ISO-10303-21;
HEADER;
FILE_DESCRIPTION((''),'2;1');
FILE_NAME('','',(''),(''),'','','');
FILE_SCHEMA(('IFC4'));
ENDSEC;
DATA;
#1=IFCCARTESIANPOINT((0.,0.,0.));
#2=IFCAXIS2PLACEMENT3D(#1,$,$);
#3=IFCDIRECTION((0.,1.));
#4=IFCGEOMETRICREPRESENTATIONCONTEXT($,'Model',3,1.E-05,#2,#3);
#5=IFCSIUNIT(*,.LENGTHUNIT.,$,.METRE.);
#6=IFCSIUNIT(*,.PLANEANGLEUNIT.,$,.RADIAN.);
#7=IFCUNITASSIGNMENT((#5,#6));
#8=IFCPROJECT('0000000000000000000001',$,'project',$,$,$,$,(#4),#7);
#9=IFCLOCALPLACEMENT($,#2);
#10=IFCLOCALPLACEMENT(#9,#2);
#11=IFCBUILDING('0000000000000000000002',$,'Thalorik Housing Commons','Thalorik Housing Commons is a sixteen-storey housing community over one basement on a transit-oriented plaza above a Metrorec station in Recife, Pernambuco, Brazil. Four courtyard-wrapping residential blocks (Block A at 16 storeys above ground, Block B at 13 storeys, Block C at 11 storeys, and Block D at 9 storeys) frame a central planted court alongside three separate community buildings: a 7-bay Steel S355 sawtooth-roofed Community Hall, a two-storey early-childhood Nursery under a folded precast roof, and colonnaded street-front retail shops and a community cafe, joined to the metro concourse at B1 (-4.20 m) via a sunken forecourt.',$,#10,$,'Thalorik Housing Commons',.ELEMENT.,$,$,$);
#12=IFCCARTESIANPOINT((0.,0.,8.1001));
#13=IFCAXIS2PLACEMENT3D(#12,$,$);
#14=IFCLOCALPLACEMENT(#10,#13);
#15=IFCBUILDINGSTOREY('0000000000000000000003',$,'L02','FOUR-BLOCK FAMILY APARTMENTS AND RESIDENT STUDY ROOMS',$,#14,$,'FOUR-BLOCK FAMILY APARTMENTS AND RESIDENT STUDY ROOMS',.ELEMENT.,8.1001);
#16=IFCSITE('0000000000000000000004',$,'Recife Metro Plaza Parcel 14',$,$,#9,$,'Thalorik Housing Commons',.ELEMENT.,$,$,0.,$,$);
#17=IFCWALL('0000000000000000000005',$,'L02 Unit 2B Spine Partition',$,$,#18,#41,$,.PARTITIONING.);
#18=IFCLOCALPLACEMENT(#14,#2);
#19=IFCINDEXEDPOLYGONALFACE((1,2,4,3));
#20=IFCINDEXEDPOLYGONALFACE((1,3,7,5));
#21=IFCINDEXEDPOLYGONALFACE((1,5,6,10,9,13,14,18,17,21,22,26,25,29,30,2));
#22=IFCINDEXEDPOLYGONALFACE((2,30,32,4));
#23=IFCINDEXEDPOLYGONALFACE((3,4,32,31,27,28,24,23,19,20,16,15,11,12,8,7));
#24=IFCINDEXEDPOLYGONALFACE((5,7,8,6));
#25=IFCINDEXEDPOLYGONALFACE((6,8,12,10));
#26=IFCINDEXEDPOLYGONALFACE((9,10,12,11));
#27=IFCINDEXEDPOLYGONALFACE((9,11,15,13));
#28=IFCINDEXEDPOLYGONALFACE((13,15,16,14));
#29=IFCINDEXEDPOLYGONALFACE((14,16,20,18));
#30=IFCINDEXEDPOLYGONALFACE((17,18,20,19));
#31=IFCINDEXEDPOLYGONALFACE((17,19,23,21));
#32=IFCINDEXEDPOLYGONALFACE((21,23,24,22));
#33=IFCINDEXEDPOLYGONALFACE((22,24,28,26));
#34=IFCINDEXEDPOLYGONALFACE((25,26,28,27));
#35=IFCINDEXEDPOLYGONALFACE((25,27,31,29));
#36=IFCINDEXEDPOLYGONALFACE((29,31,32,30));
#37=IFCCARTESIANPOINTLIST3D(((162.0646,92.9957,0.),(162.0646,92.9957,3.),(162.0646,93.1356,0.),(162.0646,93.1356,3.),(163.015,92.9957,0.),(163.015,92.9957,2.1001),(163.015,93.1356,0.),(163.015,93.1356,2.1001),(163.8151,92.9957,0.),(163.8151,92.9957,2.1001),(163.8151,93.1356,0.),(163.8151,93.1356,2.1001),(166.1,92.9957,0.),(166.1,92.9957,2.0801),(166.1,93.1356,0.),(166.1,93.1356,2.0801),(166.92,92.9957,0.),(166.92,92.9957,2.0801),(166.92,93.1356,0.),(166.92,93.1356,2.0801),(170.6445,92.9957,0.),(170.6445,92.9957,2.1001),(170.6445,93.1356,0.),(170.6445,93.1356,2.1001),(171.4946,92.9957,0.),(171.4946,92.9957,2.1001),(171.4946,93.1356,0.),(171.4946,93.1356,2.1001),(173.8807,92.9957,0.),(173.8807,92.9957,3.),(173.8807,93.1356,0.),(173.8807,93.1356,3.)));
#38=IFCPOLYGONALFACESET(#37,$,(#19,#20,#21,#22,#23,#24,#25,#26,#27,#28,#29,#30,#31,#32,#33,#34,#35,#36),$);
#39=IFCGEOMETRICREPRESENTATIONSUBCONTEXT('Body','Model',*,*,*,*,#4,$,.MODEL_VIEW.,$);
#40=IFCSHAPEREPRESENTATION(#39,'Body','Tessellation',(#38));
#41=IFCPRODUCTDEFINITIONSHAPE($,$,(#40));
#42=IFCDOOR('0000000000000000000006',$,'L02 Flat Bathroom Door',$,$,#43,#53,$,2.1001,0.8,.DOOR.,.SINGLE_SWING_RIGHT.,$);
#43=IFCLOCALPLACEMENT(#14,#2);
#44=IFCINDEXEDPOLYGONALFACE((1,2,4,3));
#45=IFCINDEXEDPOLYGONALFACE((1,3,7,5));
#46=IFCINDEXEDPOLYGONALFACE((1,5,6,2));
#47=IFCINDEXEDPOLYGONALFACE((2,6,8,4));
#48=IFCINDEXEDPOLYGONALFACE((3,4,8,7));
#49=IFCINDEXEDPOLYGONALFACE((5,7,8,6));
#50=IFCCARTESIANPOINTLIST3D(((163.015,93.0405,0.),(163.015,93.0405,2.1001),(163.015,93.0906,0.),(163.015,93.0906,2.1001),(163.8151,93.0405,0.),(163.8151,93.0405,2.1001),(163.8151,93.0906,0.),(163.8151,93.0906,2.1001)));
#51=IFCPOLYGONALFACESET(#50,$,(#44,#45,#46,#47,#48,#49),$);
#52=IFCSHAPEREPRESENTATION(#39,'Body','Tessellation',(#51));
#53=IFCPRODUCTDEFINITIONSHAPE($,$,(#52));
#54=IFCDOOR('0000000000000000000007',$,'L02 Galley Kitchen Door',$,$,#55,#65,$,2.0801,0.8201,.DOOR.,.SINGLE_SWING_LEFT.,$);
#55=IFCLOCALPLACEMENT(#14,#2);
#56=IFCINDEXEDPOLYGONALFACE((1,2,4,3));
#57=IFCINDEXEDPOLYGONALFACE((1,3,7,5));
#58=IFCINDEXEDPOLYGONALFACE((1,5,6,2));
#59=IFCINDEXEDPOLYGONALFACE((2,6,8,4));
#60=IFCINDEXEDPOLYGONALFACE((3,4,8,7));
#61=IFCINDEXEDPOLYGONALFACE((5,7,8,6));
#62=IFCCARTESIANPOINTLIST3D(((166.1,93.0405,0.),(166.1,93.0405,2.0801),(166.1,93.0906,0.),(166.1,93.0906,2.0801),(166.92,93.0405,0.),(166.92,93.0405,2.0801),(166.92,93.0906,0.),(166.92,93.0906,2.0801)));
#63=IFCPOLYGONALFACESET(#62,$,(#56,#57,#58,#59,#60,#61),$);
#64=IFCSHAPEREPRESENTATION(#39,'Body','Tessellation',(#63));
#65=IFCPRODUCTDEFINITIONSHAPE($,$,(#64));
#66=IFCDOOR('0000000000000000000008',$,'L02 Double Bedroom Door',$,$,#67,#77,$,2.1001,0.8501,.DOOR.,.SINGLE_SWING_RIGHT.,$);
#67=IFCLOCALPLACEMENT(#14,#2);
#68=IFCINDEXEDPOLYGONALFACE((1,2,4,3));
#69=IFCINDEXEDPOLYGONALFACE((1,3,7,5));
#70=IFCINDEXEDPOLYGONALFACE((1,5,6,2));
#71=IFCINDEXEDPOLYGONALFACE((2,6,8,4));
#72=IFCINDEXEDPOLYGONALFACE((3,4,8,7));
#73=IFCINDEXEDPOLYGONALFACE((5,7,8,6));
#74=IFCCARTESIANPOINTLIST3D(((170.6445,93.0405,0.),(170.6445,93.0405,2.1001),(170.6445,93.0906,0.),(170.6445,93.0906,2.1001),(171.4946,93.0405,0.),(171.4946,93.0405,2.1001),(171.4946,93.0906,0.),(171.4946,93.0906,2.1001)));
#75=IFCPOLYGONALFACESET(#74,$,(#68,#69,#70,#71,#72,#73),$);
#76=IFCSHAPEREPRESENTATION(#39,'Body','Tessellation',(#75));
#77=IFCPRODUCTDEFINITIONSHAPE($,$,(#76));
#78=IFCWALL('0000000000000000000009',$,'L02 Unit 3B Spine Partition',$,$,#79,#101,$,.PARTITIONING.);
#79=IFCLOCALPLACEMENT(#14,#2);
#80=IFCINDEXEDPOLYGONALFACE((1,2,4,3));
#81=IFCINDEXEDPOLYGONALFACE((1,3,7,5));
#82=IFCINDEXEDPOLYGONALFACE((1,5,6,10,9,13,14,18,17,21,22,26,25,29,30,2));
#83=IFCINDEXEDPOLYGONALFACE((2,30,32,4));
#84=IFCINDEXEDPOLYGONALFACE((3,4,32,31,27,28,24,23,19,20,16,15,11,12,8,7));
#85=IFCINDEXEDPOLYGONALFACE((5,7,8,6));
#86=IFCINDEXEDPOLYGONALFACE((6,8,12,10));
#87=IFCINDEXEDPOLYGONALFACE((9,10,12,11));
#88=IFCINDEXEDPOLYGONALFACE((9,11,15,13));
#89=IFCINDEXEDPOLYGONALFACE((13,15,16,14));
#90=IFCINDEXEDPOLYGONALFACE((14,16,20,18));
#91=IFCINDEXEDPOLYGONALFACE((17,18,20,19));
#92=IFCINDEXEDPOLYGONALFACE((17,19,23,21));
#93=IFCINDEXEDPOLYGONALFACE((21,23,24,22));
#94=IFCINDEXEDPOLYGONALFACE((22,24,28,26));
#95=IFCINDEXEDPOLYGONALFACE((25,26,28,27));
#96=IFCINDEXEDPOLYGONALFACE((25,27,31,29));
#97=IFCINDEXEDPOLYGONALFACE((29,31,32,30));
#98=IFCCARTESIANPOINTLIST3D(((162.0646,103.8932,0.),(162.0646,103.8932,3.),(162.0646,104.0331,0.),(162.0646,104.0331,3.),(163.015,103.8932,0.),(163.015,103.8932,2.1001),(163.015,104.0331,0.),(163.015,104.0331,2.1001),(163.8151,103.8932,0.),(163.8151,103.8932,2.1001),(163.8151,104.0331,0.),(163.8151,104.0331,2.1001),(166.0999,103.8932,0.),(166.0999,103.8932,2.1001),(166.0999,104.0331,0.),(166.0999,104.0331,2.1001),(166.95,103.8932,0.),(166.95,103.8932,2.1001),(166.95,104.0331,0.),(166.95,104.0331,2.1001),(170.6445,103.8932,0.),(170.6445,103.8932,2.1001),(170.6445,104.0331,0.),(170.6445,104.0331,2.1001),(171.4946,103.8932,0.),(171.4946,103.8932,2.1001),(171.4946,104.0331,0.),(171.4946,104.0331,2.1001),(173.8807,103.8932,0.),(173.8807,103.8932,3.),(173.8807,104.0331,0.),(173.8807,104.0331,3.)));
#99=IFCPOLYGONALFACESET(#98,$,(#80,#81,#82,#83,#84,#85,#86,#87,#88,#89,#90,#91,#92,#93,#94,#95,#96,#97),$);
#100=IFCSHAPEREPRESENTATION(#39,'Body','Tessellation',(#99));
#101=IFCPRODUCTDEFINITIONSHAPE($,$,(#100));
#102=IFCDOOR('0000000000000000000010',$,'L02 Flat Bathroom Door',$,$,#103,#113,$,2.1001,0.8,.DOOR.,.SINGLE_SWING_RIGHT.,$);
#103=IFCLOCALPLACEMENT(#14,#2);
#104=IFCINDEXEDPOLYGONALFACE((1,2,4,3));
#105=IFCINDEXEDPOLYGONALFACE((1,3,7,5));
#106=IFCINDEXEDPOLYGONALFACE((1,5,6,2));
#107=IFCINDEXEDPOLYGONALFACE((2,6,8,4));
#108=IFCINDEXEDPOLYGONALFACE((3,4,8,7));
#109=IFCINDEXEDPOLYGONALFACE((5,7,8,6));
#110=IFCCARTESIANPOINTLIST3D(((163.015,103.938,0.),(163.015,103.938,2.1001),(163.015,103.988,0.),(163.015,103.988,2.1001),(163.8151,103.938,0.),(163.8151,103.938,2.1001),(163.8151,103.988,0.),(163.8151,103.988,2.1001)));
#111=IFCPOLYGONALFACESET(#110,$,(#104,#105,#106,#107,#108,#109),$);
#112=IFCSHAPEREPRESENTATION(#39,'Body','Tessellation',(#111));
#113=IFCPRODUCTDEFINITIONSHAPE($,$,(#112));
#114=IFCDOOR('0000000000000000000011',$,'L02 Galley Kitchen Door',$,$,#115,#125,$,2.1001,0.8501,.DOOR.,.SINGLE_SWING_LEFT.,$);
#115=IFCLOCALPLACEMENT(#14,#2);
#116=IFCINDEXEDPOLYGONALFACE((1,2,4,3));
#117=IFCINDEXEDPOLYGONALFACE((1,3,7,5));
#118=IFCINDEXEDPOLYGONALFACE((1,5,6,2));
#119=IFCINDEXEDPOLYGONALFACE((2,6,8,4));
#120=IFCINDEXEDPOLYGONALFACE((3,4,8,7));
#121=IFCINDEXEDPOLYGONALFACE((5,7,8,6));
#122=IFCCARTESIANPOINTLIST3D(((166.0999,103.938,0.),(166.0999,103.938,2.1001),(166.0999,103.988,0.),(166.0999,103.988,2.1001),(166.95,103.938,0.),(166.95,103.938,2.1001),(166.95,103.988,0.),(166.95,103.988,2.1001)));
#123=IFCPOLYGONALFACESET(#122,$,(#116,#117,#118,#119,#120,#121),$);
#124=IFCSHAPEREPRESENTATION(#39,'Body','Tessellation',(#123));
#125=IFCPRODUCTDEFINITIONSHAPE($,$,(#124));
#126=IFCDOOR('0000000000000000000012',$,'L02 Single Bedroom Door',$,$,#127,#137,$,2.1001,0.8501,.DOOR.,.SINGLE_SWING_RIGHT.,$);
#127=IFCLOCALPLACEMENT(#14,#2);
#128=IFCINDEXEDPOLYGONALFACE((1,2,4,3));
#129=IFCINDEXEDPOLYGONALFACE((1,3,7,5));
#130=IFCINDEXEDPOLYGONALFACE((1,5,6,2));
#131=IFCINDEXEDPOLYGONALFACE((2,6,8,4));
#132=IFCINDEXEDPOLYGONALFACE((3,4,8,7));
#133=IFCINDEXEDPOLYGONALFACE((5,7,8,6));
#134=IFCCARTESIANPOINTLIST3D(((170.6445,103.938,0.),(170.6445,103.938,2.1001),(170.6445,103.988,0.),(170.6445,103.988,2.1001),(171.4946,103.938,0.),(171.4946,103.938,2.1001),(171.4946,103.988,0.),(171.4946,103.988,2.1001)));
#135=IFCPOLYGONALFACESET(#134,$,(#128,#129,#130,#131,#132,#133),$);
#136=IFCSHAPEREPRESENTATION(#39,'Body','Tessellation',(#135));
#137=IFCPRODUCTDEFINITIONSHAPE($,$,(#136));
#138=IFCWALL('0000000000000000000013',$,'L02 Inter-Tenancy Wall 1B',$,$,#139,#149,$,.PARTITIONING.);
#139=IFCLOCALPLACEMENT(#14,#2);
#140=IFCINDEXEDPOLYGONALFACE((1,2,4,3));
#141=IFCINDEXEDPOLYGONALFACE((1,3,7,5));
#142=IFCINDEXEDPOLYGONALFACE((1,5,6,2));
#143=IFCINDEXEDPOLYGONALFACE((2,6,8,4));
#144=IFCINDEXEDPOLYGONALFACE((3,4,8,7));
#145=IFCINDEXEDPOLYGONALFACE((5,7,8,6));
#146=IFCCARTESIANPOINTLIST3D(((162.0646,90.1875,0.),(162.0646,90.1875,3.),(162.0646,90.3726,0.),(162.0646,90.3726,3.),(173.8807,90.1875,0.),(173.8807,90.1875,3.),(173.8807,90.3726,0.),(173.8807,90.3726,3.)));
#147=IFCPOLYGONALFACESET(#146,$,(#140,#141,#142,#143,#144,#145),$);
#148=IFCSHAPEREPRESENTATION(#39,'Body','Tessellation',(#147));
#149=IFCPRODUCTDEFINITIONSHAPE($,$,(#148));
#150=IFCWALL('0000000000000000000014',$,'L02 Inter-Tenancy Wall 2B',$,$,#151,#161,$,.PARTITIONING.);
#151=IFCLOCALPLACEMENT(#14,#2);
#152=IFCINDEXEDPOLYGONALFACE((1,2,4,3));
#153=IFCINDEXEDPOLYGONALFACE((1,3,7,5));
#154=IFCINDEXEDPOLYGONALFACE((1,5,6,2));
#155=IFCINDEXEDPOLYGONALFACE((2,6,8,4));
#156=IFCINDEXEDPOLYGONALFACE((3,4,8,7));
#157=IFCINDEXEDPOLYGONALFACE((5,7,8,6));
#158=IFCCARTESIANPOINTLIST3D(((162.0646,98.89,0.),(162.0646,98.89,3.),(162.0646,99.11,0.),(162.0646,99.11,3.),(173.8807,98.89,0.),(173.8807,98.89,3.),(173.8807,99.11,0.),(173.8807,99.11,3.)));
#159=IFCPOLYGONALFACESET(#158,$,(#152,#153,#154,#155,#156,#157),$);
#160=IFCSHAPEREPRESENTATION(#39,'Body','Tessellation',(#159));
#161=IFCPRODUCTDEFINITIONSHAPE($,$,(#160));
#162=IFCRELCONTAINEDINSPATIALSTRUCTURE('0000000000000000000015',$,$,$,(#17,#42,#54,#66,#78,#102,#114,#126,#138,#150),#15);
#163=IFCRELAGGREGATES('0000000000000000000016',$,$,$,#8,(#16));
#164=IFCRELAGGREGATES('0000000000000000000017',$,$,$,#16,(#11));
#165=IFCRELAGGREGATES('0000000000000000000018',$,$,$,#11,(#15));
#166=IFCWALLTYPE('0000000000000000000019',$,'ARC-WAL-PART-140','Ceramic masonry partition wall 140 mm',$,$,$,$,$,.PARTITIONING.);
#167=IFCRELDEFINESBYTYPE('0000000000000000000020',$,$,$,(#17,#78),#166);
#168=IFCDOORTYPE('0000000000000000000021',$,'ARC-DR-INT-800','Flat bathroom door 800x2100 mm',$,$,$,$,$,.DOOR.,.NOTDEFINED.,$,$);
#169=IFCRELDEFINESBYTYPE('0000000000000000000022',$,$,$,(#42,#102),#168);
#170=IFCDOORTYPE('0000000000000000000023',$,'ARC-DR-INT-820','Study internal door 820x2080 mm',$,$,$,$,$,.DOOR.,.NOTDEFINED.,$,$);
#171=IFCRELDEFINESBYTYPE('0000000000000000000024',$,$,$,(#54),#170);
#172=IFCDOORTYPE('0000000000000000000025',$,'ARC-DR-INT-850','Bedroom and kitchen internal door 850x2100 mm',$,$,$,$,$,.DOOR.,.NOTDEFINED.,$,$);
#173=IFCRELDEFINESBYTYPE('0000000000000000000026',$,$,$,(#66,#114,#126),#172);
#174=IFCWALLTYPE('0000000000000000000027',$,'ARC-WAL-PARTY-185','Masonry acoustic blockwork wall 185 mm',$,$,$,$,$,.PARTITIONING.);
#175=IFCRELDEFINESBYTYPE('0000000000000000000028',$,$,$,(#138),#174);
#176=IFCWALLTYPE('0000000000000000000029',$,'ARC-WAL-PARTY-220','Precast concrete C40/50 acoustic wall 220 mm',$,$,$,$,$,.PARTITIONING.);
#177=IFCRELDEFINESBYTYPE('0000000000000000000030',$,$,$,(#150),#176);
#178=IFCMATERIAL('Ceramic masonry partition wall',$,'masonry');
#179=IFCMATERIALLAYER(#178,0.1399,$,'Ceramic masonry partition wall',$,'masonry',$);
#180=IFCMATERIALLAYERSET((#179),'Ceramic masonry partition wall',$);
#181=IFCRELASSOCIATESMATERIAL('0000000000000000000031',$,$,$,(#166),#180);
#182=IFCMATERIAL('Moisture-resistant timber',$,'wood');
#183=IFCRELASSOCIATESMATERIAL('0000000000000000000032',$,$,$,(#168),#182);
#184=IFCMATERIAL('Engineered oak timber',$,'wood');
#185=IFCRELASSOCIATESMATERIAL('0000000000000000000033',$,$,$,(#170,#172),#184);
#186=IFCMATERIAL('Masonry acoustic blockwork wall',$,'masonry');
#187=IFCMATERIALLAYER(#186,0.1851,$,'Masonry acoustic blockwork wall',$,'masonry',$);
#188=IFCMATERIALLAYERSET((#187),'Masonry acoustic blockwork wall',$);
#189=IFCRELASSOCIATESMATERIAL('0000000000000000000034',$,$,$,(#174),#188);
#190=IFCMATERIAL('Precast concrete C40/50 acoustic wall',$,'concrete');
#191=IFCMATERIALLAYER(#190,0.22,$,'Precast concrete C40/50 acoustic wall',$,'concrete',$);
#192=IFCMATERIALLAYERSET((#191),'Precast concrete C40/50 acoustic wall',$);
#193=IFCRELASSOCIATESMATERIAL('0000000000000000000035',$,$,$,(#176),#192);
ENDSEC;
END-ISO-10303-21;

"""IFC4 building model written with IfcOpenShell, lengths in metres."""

from ifc_helpers import new_model, si_unit, direction, frame, frame_2d, origin, place, context, subcontext, project, spatial, rectangle, extrude, material, layer, layer_set, type_object, element, fill, save


model = new_model("IFC4")

# Units and contexts
model_context = context("Model", 3, precision=1e-05, world=origin(), true_north=direction((0.0, 1.0)))
body_context = subcontext(model_context, "Body", "Model", "MODEL_VIEW")
ifc_project = project(units=[si_unit("LENGTHUNIT", "METRE"), si_unit("PLANEANGLEUNIT", "RADIAN")], contexts=[model_context])

# Site, building, storey
site_placement = place(None, origin())
site = spatial("IfcSite", under=ifc_project, at=site_placement, Name="Recife Metro Plaza Parcel 14", LongName="Thalorik Housing Commons", CompositionType="ELEMENT", RefElevation=0.0)
building_placement = place(site_placement, origin())
building = spatial("IfcBuilding", under=site, at=building_placement, Name="Thalorik Housing Commons", Description="Thalorik Housing Commons is a sixteen-storey housing community over one basement on a transit-oriented plaza above a Metrorec station in Recife, Pernambuco, Brazil. Four courtyard-wrapping residential blocks (Block A at 16 storeys above ground, Block B at 13 storeys, Block C at 11 storeys, and Block D at 9 storeys) frame a central planted court alongside three separate community buildings: a 7-bay Steel S355 sawtooth-roofed Community Hall, a two-storey early-childhood Nursery under a folded precast roof, and colonnaded street-front retail shops and a community cafe, joined to the metro concourse at B1 (-4.20 m) via a sunken forecourt.", LongName="Thalorik Housing Commons", CompositionType="ELEMENT")
storey_placement = place(building_placement, frame((0.0, 0.0, 8.1001)))
storey = spatial("IfcBuildingStorey", under=building, at=storey_placement, Name="L02", Description="FOUR-BLOCK FAMILY APARTMENTS AND RESIDENT STUDY ROOMS", LongName="FOUR-BLOCK FAMILY APARTMENTS AND RESIDENT STUDY ROOMS", CompositionType="ELEMENT", Elevation=8.1001)

# Walls, openings, doors
ifc_material_1 = material(Name="Ceramic masonry partition wall", Category="masonry")
ifc_layer_1 = layer(ifc_material_1, 0.1399, Name="Ceramic masonry partition wall", Category="masonry")
ifc_layer_set_1 = layer_set([ifc_layer_1], Name="Ceramic masonry partition wall")
wall_type_1 = type_object("IfcWallType", Name="ARC-WAL-PART-140", Description="Ceramic masonry partition wall 140 mm", PredefinedType="PARTITIONING", material=ifc_layer_set_1)
wall_1_placement = place(storey_placement, frame((162.0645, 93.0657, 0.0), z_axis=(0.0, 0.0, 1.0), x_axis=(1.0, 0.0, 0.0)))
wall_1 = element("IfcWall", 1, at=wall_1_placement, inside=storey, type_object=wall_type_1, Name="L02 Unit 2B Spine Partition", PredefinedType="PARTITIONING", context=body_context, shape_type="SweptSolid", body=[
    extrude(rectangle(XDim=11.8162, YDim=0.1399, at=frame_2d((5.9082, 0.0))), origin(), (0.0, 0.0, 1.0), 3.0),
])
opening_1_placement = place(wall_1_placement, frame((0.9507, 0.0, 0.0)))
opening_1 = element("IfcOpeningElement", 2, at=opening_1_placement, cuts=wall_1, PredefinedType="OPENING", context=body_context, shape_type="SweptSolid", body=[
    extrude(rectangle(XDim=0.8, YDim=2.1001, at=frame_2d((0.3999, 1.05))), frame((0.0, 0.0801, 0.0), z_axis=(0.0, -1.0, 0.0), x_axis=(1.0, 0.0, 0.0)), (0.0, 0.0, 1.0), 0.1599),
])
opening_2_placement = place(wall_1_placement, frame((4.0354, 0.0, 0.0)))
opening_2 = element("IfcOpeningElement", 3, at=opening_2_placement, cuts=wall_1, PredefinedType="OPENING", context=body_context, shape_type="SweptSolid", body=[
    extrude(rectangle(XDim=0.8201, YDim=2.0801, at=frame_2d((0.4102, 1.04))), frame((0.0, 0.0801, 0.0), z_axis=(0.0, -1.0, 0.0), x_axis=(1.0, 0.0, 0.0)), (0.0, 0.0, 1.0), 0.1599),
])
opening_3_placement = place(wall_1_placement, frame((8.5801, 0.0, 0.0)))
opening_3 = element("IfcOpeningElement", 4, at=opening_3_placement, cuts=wall_1, PredefinedType="OPENING", context=body_context, shape_type="SweptSolid", body=[
    extrude(rectangle(XDim=0.8501, YDim=2.1001, at=frame_2d((0.425, 1.05))), frame((0.0, 0.0801, 0.0), z_axis=(0.0, -1.0, 0.0), x_axis=(1.0, 0.0, 0.0)), (0.0, 0.0, 1.0), 0.1599),
])
ifc_material_2 = material(Name="Moisture-resistant timber", Category="wood")
door_type_1 = type_object("IfcDoorType", Name="ARC-DR-INT-800", Description="Flat bathroom door 800x2100 mm", OperationType="NOTDEFINED", PredefinedType="DOOR", material=ifc_material_2)
door_1_placement = place(opening_1_placement, origin())
door_1 = element("IfcDoor", 5, at=door_1_placement, inside=storey, type_object=door_type_1, Name="L02 Flat Bathroom Door", OperationType="SINGLE_SWING_RIGHT", OverallHeight=2.1001, OverallWidth=0.8, PredefinedType="DOOR", context=body_context, shape_type="SweptSolid", body=[
    extrude(rectangle(XDim=0.8, YDim=2.1001, at=frame_2d((0.3999, 1.05))), frame((0.0, 0.0249, 0.0), z_axis=(0.0, -1.0, 0.0), x_axis=(1.0, 0.0, 0.0)), (0.0, 0.0, 1.0), 0.05),
])
fill(opening_1, door_1)
ifc_material_3 = material(Name="Engineered oak timber", Category="wood")
door_type_2 = type_object("IfcDoorType", Name="ARC-DR-INT-820", Description="Study internal door 820x2080 mm", OperationType="NOTDEFINED", PredefinedType="DOOR", material=ifc_material_3)
door_2_placement = place(opening_2_placement, origin())
door_2 = element("IfcDoor", 6, at=door_2_placement, inside=storey, type_object=door_type_2, Name="L02 Galley Kitchen Door", OperationType="SINGLE_SWING_LEFT", OverallHeight=2.0801, OverallWidth=0.8201, PredefinedType="DOOR", context=body_context, shape_type="SweptSolid", body=[
    extrude(rectangle(XDim=0.8201, YDim=2.0801, at=frame_2d((0.4102, 1.04))), frame((0.0, 0.0249, 0.0), z_axis=(0.0, -1.0, 0.0), x_axis=(1.0, 0.0, 0.0)), (0.0, 0.0, 1.0), 0.05),
])
fill(opening_2, door_2)
door_type_3 = type_object("IfcDoorType", Name="ARC-DR-INT-850", Description="Bedroom and kitchen internal door 850x2100 mm", OperationType="NOTDEFINED", PredefinedType="DOOR", material=ifc_material_3)
door_3_placement = place(opening_3_placement, origin())
door_3 = element("IfcDoor", 7, at=door_3_placement, inside=storey, type_object=door_type_3, Name="L02 Double Bedroom Door", OperationType="SINGLE_SWING_RIGHT", OverallHeight=2.1001, OverallWidth=0.8501, PredefinedType="DOOR", context=body_context, shape_type="SweptSolid", body=[
    extrude(rectangle(XDim=0.8501, YDim=2.1001, at=frame_2d((0.425, 1.05))), frame((0.0, 0.0249, 0.0), z_axis=(0.0, -1.0, 0.0), x_axis=(1.0, 0.0, 0.0)), (0.0, 0.0, 1.0), 0.05),
])
fill(opening_3, door_3)
wall_2_placement = place(storey_placement, frame((162.0645, 103.9631, 0.0), z_axis=(0.0, 0.0, 1.0), x_axis=(1.0, 0.0, 0.0)))
wall_2 = element("IfcWall", 8, at=wall_2_placement, inside=storey, type_object=wall_type_1, Name="L02 Unit 3B Spine Partition", PredefinedType="PARTITIONING", context=body_context, shape_type="SweptSolid", body=[
    extrude(rectangle(XDim=11.8162, YDim=0.1399, at=frame_2d((5.9082, 0.0))), origin(), (0.0, 0.0, 1.0), 3.0),
])
opening_4_placement = place(wall_2_placement, frame((0.9507, 0.0, 0.0)))
opening_4 = element("IfcOpeningElement", 9, at=opening_4_placement, cuts=wall_2, PredefinedType="OPENING", context=body_context, shape_type="SweptSolid", body=[
    extrude(rectangle(XDim=0.8, YDim=2.1001, at=frame_2d((0.3999, 1.05))), frame((0.0, 0.0801, 0.0), z_axis=(0.0, -1.0, 0.0), x_axis=(1.0, 0.0, 0.0)), (0.0, 0.0, 1.0), 0.1599),
])
opening_5_placement = place(wall_2_placement, frame((4.0354, 0.0, 0.0)))
opening_5 = element("IfcOpeningElement", 10, at=opening_5_placement, cuts=wall_2, PredefinedType="OPENING", context=body_context, shape_type="SweptSolid", body=[
    extrude(rectangle(XDim=0.8501, YDim=2.1001, at=frame_2d((0.425, 1.05))), frame((0.0, 0.0801, 0.0), z_axis=(0.0, -1.0, 0.0), x_axis=(1.0, 0.0, 0.0)), (0.0, 0.0, 1.0), 0.1599),
])
opening_6_placement = place(wall_2_placement, frame((8.5801, 0.0, 0.0)))
opening_6 = element("IfcOpeningElement", 11, at=opening_6_placement, cuts=wall_2, PredefinedType="OPENING", context=body_context, shape_type="SweptSolid", body=[
    extrude(rectangle(XDim=0.8501, YDim=2.1001, at=frame_2d((0.425, 1.05))), frame((0.0, 0.0801, 0.0), z_axis=(0.0, -1.0, 0.0), x_axis=(1.0, 0.0, 0.0)), (0.0, 0.0, 1.0), 0.1599),
])
door_4_placement = place(opening_4_placement, origin())
door_4 = element("IfcDoor", 12, at=door_4_placement, inside=storey, type_object=door_type_1, Name="L02 Flat Bathroom Door", OperationType="SINGLE_SWING_RIGHT", OverallHeight=2.1001, OverallWidth=0.8, PredefinedType="DOOR", context=body_context, shape_type="SweptSolid", body=[
    extrude(rectangle(XDim=0.8, YDim=2.1001, at=frame_2d((0.3999, 1.05))), frame((0.0, 0.0249, 0.0), z_axis=(0.0, -1.0, 0.0), x_axis=(1.0, 0.0, 0.0)), (0.0, 0.0, 1.0), 0.05),
])
fill(opening_4, door_4)
door_5_placement = place(opening_5_placement, origin())
door_5 = element("IfcDoor", 13, at=door_5_placement, inside=storey, type_object=door_type_3, Name="L02 Galley Kitchen Door", OperationType="SINGLE_SWING_LEFT", OverallHeight=2.1001, OverallWidth=0.8501, PredefinedType="DOOR", context=body_context, shape_type="SweptSolid", body=[
    extrude(rectangle(XDim=0.8501, YDim=2.1001, at=frame_2d((0.425, 1.05))), frame((0.0, 0.0249, 0.0), z_axis=(0.0, -1.0, 0.0), x_axis=(1.0, 0.0, 0.0)), (0.0, 0.0, 1.0), 0.05),
])
fill(opening_5, door_5)
door_6_placement = place(opening_6_placement, origin())
door_6 = element("IfcDoor", 14, at=door_6_placement, inside=storey, type_object=door_type_3, Name="L02 Single Bedroom Door", OperationType="SINGLE_SWING_RIGHT", OverallHeight=2.1001, OverallWidth=0.8501, PredefinedType="DOOR", context=body_context, shape_type="SweptSolid", body=[
    extrude(rectangle(XDim=0.8501, YDim=2.1001, at=frame_2d((0.425, 1.05))), frame((0.0, 0.0249, 0.0), z_axis=(0.0, -1.0, 0.0), x_axis=(1.0, 0.0, 0.0)), (0.0, 0.0, 1.0), 0.05),
])
fill(opening_6, door_6)

# Walls
ifc_material_4 = material(Name="Masonry acoustic blockwork wall", Category="masonry")
ifc_layer_2 = layer(ifc_material_4, 0.1851, Name="Masonry acoustic blockwork wall", Category="masonry")
ifc_layer_set_2 = layer_set([ifc_layer_2], Name="Masonry acoustic blockwork wall")
wall_type_2 = type_object("IfcWallType", Name="ARC-WAL-PARTY-185", Description="Masonry acoustic blockwork wall 185 mm", PredefinedType="PARTITIONING", material=ifc_layer_set_2)
wall_3_placement = place(storey_placement, frame((162.0645, 90.28, 0.0), z_axis=(0.0, 0.0, 1.0), x_axis=(1.0, 0.0, 0.0)))
element("IfcWall", 15, at=wall_3_placement, inside=storey, type_object=wall_type_2, Name="L02 Inter-Tenancy Wall 1B", PredefinedType="PARTITIONING", context=body_context, shape_type="SweptSolid", body=[
    extrude(rectangle(XDim=11.8162, YDim=0.1851, at=frame_2d((5.9082, 0.0))), origin(), (0.0, 0.0, 1.0), 3.0),
])
ifc_material_5 = material(Name="Precast concrete C40/50 acoustic wall", Category="concrete")
ifc_layer_3 = layer(ifc_material_5, 0.22, Name="Precast concrete C40/50 acoustic wall", Category="concrete")
ifc_layer_set_3 = layer_set([ifc_layer_3], Name="Precast concrete C40/50 acoustic wall")
wall_type_3 = type_object("IfcWallType", Name="ARC-WAL-PARTY-220", Description="Precast concrete C40/50 acoustic wall 220 mm", PredefinedType="PARTITIONING", material=ifc_layer_set_3)
wall_4_placement = place(storey_placement, frame((162.0645, 99.0, 0.0), z_axis=(0.0, 0.0, 1.0), x_axis=(1.0, 0.0, 0.0)))
element("IfcWall", 16, at=wall_4_placement, inside=storey, type_object=wall_type_3, Name="L02 Inter-Tenancy Wall 2B", PredefinedType="PARTITIONING", context=body_context, shape_type="SweptSolid", body=[
    extrude(rectangle(XDim=11.8162, YDim=0.22, at=frame_2d((5.9082, 0.0))), origin(), (0.0, 0.0, 1.0), 3.0),
])

save(model, "model.ifc")
